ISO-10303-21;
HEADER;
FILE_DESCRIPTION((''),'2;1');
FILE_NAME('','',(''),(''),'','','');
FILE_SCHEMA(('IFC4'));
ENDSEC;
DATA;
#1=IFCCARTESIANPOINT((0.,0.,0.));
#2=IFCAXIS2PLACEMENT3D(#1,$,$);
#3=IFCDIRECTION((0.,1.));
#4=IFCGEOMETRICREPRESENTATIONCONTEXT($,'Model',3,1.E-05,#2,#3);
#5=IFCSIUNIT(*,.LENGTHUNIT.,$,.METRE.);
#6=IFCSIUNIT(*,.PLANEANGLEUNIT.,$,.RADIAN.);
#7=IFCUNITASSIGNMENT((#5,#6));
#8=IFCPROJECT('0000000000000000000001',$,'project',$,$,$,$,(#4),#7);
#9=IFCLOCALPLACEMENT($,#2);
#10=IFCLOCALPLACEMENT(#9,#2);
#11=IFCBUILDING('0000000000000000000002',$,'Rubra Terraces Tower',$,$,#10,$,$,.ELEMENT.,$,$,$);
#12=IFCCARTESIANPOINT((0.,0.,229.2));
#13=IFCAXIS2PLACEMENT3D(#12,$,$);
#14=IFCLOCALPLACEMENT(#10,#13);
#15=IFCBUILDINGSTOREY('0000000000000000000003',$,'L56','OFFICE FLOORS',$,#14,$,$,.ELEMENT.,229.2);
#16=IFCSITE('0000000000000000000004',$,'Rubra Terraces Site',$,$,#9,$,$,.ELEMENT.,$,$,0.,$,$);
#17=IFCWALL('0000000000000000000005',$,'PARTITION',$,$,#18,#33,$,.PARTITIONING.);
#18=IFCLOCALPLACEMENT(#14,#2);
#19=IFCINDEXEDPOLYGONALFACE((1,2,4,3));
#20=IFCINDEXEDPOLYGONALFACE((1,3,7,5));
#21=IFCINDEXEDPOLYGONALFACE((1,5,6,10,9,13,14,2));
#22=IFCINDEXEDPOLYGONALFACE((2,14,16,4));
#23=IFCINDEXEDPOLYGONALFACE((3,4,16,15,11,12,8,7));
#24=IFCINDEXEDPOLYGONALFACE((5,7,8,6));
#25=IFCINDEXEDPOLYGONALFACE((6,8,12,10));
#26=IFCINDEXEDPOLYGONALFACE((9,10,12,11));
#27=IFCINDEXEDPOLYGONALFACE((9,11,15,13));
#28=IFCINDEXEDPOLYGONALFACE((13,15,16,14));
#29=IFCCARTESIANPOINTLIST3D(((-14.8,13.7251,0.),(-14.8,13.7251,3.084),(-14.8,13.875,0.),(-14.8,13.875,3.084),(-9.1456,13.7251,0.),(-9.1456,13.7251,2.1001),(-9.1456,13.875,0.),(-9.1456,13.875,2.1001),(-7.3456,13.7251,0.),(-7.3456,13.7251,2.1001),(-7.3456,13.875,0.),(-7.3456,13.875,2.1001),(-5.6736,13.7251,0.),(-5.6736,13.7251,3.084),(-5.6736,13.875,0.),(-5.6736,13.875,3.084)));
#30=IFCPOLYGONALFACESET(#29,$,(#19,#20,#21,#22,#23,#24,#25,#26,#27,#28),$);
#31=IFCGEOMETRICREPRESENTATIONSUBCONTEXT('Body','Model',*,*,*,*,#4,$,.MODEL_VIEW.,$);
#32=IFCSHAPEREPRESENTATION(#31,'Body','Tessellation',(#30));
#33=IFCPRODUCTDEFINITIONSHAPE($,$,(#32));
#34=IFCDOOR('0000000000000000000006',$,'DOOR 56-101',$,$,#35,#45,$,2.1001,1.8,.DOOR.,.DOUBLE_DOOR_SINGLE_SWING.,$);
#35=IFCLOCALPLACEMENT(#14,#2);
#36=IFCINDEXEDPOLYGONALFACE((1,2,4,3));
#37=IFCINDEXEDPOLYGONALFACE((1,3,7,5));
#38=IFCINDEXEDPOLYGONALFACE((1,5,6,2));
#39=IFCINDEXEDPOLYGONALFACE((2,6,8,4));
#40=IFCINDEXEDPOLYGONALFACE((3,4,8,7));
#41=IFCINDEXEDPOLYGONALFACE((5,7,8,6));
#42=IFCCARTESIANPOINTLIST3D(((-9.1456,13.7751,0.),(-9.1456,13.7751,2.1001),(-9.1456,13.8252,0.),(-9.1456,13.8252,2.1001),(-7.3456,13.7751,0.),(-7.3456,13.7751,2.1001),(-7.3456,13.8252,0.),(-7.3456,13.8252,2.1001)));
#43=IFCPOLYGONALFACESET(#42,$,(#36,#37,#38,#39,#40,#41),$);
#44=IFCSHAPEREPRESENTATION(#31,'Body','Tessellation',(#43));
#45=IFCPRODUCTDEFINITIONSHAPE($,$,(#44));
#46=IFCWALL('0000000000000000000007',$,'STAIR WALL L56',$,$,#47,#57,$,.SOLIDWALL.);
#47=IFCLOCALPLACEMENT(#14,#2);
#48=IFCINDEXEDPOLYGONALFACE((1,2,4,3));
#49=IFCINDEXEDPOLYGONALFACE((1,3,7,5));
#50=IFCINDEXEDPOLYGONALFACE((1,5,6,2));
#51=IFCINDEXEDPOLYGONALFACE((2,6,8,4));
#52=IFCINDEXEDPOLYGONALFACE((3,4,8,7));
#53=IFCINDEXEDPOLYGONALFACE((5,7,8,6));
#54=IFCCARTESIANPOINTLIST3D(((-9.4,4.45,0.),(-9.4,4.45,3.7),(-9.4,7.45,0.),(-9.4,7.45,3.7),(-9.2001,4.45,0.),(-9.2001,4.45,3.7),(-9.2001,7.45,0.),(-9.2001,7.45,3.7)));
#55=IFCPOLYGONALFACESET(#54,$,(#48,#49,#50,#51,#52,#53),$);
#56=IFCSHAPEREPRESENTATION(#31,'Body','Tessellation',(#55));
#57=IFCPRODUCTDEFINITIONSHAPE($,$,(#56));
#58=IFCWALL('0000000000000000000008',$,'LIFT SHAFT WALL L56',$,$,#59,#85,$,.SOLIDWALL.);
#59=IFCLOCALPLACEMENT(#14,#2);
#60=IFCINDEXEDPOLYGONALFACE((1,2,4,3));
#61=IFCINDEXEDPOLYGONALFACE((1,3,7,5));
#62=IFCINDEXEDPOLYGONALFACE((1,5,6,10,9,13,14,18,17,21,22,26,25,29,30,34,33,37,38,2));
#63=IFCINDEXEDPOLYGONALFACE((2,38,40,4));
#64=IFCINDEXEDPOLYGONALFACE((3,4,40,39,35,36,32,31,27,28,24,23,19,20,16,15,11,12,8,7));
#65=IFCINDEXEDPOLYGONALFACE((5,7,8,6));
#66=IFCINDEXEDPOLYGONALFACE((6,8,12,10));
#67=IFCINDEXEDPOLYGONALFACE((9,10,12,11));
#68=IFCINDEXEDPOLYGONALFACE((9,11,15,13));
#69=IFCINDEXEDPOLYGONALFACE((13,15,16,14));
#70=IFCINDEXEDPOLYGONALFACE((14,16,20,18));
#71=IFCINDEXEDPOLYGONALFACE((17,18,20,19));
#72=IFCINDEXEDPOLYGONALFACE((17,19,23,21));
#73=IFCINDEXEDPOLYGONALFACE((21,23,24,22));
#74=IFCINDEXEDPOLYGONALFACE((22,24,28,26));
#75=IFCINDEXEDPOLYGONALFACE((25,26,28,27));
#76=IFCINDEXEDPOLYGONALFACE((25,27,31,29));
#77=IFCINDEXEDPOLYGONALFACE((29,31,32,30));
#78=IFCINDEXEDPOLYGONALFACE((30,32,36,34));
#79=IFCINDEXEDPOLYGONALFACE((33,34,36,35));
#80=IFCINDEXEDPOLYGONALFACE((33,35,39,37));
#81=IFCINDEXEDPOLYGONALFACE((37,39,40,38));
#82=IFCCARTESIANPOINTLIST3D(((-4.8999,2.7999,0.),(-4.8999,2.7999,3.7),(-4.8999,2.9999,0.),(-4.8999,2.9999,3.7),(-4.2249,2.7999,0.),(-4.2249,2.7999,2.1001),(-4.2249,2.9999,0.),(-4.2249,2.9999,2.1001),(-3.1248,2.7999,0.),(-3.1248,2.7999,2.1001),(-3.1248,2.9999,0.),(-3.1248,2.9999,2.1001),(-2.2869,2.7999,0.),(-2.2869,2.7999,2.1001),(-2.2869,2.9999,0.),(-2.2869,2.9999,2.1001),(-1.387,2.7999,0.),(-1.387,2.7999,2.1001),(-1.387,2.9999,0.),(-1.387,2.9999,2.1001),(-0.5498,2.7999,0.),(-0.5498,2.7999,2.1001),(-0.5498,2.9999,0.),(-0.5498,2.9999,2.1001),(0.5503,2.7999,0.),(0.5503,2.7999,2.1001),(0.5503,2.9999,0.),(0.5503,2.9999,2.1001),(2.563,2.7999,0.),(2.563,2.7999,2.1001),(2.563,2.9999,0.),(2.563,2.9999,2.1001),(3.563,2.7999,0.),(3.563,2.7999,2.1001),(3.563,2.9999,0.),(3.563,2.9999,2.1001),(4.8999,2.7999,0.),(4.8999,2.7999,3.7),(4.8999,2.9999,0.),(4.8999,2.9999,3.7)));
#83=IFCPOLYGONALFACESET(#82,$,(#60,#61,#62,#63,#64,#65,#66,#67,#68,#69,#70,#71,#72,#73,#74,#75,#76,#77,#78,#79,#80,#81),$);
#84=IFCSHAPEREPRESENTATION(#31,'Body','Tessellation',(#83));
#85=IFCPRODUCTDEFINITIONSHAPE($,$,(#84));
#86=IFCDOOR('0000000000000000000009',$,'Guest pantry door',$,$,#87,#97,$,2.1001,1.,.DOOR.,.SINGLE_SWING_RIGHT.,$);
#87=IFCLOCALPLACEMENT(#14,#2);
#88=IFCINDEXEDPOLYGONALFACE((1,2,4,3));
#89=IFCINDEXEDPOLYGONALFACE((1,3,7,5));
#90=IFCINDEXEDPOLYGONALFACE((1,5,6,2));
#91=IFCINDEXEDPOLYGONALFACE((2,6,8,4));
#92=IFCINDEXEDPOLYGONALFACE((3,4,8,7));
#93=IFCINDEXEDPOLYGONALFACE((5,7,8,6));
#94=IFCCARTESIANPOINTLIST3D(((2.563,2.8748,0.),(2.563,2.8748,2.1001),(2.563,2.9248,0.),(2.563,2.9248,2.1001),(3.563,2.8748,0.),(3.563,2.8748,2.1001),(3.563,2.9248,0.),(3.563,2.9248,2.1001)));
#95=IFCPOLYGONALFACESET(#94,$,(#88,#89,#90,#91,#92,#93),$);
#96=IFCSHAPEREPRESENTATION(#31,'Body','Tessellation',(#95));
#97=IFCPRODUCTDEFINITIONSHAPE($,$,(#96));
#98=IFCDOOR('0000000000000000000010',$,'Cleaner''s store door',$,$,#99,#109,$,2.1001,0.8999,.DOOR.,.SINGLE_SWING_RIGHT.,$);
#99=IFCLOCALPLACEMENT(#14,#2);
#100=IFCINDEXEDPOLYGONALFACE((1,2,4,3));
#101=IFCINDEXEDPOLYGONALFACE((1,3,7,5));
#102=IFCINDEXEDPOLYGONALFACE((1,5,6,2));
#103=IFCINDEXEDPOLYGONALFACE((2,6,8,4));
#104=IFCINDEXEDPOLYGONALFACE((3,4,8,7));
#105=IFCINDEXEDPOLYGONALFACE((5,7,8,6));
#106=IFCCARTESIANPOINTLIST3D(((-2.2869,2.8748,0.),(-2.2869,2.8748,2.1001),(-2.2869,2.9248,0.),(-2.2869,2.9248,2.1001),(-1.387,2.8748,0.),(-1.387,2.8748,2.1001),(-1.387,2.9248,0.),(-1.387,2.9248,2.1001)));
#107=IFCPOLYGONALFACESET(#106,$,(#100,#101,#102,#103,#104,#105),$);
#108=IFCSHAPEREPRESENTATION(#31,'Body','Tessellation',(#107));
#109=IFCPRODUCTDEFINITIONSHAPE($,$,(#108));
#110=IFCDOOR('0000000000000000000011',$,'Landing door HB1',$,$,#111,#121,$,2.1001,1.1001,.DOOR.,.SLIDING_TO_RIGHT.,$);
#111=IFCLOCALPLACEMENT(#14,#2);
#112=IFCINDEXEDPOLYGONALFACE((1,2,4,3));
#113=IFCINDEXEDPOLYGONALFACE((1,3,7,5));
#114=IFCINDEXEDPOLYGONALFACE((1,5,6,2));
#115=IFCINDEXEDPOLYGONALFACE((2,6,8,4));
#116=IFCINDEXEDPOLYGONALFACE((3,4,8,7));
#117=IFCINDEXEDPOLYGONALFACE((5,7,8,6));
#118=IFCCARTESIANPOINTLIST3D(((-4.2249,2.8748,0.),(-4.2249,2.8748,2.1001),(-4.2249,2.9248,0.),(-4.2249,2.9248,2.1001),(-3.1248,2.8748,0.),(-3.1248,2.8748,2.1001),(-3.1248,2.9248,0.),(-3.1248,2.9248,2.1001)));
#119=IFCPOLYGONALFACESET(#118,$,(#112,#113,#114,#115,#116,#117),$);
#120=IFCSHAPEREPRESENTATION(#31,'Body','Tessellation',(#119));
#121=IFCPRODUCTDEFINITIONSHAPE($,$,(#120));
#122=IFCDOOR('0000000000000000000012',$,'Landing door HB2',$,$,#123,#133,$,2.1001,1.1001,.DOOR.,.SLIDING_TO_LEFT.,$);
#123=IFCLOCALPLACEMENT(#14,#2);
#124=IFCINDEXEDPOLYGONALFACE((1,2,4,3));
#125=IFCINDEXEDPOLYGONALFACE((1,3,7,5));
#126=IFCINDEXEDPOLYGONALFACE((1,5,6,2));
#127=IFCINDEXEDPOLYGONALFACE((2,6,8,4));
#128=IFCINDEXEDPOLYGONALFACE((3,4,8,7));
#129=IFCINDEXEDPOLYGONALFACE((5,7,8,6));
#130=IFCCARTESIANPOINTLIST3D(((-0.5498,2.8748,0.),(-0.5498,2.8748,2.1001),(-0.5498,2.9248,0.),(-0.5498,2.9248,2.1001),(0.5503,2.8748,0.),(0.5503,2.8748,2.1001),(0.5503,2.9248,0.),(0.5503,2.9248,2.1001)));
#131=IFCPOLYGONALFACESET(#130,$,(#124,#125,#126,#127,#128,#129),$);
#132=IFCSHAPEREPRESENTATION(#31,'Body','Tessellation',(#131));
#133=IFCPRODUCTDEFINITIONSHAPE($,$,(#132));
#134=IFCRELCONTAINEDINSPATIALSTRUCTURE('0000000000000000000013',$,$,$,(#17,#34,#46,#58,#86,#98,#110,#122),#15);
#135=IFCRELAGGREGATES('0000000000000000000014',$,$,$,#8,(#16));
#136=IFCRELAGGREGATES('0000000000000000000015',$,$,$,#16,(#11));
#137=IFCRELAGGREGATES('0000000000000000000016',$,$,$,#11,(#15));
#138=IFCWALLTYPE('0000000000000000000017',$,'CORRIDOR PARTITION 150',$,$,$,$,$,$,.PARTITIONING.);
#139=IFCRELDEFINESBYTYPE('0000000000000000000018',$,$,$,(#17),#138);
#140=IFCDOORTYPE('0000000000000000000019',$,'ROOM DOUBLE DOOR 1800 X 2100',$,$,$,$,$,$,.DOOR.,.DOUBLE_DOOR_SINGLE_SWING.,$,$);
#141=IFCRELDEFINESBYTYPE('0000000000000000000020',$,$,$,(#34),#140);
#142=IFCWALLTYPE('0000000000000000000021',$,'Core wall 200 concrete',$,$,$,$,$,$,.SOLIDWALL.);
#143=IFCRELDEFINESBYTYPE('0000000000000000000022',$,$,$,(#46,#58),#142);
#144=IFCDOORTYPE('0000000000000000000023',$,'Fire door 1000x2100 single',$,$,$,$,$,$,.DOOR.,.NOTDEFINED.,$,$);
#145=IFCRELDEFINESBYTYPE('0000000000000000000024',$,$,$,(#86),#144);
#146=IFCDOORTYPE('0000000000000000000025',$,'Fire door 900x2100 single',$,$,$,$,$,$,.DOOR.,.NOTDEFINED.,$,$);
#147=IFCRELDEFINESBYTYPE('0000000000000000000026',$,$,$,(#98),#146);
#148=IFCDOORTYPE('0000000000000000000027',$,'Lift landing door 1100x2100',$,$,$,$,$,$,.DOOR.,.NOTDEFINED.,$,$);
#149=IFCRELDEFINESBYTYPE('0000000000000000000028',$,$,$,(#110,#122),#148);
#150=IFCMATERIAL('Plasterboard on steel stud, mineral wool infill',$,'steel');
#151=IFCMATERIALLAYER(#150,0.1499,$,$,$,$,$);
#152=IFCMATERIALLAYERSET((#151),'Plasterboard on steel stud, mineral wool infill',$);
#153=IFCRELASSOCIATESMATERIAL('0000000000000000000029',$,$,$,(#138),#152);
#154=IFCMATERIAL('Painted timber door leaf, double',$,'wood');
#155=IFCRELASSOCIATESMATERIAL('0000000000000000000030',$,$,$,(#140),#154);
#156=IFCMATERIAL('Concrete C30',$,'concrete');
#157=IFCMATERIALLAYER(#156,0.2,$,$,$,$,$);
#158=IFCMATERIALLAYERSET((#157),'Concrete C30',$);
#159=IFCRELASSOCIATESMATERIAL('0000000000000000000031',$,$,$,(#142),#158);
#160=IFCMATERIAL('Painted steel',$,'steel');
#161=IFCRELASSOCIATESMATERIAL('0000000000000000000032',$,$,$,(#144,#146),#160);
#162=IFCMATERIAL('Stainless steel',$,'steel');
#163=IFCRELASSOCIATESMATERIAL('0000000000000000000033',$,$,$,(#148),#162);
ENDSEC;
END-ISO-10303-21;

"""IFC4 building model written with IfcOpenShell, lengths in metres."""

from ifc_helpers import new_model, si_unit, direction, frame, frame_2d, origin, place, context, subcontext, project, spatial, rectangle, extrude, material, layer, layer_set, type_object, element, fill, save


model = new_model("IFC4")

# Units and contexts
model_context = context("Model", 3, precision=1e-05, world=origin(), true_north=direction((0.0, 1.0)))
body_context = subcontext(model_context, "Body", "Model", "MODEL_VIEW")
ifc_project = project(units=[si_unit("LENGTHUNIT", "METRE"), si_unit("PLANEANGLEUNIT", "RADIAN")], contexts=[model_context])

# Site, building, storey
site_placement = place(None, origin())
site = spatial("IfcSite", under=ifc_project, at=site_placement, Name="Rubra Terraces Site", CompositionType="ELEMENT", RefElevation=0.0)
building_placement = place(site_placement, origin())
building = spatial("IfcBuilding", under=site, at=building_placement, Name="Rubra Terraces Tower", CompositionType="ELEMENT")
storey_placement = place(building_placement, frame((0.0, 0.0, 229.2)))
storey = spatial("IfcBuildingStorey", under=building, at=storey_placement, Name="L56", Description="OFFICE FLOORS", CompositionType="ELEMENT", Elevation=229.2)

# Wall, opening, door
ifc_material_1 = material(Name="Plasterboard on steel stud, mineral wool infill", Category="steel")
ifc_layer_1 = layer(ifc_material_1, 0.1499)
ifc_layer_set_1 = layer_set([ifc_layer_1], Name="Plasterboard on steel stud, mineral wool infill")
wall_type_1 = type_object("IfcWallType", Name="CORRIDOR PARTITION 150", PredefinedType="PARTITIONING", material=ifc_layer_set_1)
wall_1_placement = place(storey_placement, frame((-5.6736, 13.8, 0.0), z_axis=(0.0, 0.0, 1.0), x_axis=(-1.0, 0.0, 0.0)))
wall_1 = element("IfcWall", 1, at=wall_1_placement, inside=storey, type_object=wall_type_1, Name="PARTITION", PredefinedType="PARTITIONING", context=body_context, shape_type="SweptSolid", body=[
    extrude(rectangle(XDim=9.1265, YDim=0.1499, at=frame_2d((4.5632, 0.0))), origin(), (0.0, 0.0, 1.0), 3.084),
])
opening_1_placement = place(wall_1_placement, frame((1.6721, 0.0, 0.0)))
opening_1 = element("IfcOpeningElement", 2, at=opening_1_placement, cuts=wall_1, PredefinedType="OPENING", context=body_context, shape_type="SweptSolid", body=[
    extrude(rectangle(XDim=1.8, YDim=2.1001, at=frame_2d((0.8999, 1.05))), frame((0.0, 0.085, 0.0), z_axis=(0.0, -1.0, 0.0), x_axis=(1.0, 0.0, 0.0)), (0.0, 0.0, 1.0), 0.1699),
])
ifc_material_2 = material(Name="Painted timber door leaf, double", Category="wood")
door_type_1 = type_object("IfcDoorType", Name="ROOM DOUBLE DOOR 1800 X 2100", OperationType="DOUBLE_DOOR_SINGLE_SWING", PredefinedType="DOOR", material=ifc_material_2)
door_1_placement = place(opening_1_placement, origin())
door_1 = element("IfcDoor", 3, at=door_1_placement, inside=storey, type_object=door_type_1, Name="DOOR 56-101", OperationType="DOUBLE_DOOR_SINGLE_SWING", OverallHeight=2.1001, OverallWidth=1.8, PredefinedType="DOOR", context=body_context, shape_type="SweptSolid", body=[
    extrude(rectangle(XDim=1.8, YDim=2.1001, at=frame_2d((0.8999, 1.05))), frame((0.0, 0.0249, 0.0), z_axis=(0.0, -1.0, 0.0), x_axis=(1.0, 0.0, 0.0)), (0.0, 0.0, 1.0), 0.05),
])
fill(opening_1, door_1)

# Wall
ifc_material_3 = material(Name="Concrete C30", Category="concrete")
ifc_layer_2 = layer(ifc_material_3, 0.2)
ifc_layer_set_2 = layer_set([ifc_layer_2], Name="Concrete C30")
wall_type_2 = type_object("IfcWallType", Name="Core wall 200 concrete", PredefinedType="SOLIDWALL", material=ifc_layer_set_2)
wall_2_placement = place(storey_placement, frame((-9.3, 4.45, 0.0), z_axis=(0.0, 0.0, 1.0), x_axis=(0.0, 1.0, 0.0)))
element("IfcWall", 4, at=wall_2_placement, inside=storey, type_object=wall_type_2, Name="STAIR WALL L56", PredefinedType="SOLIDWALL", context=body_context, shape_type="SweptSolid", body=[
    extrude(rectangle(XDim=3.0, YDim=0.2, at=frame_2d((1.5, 0.0))), origin(), (0.0, 0.0, 1.0), 3.7),
])

# Wall, openings, doors
wall_3_placement = place(storey_placement, frame((-4.8999, 2.8999, 0.0), z_axis=(0.0, 0.0, 1.0), x_axis=(1.0, 0.0, 0.0)))
wall_3 = element("IfcWall", 5, at=wall_3_placement, inside=storey, type_object=wall_type_2, Name="LIFT SHAFT WALL L56", PredefinedType="SOLIDWALL", context=body_context, shape_type="SweptSolid", body=[
    extrude(rectangle(XDim=9.7998, YDim=0.2, at=frame_2d((4.8999, 0.0))), origin(), (0.0, 0.0, 1.0), 3.7),
])
opening_2_placement = place(wall_3_placement, frame((0.675, 0.0, 0.0)))
opening_2 = element("IfcOpeningElement", 6, at=opening_2_placement, cuts=wall_3, PredefinedType="OPENING", context=body_context, shape_type="SweptSolid", body=[
    extrude(rectangle(XDim=1.1001, YDim=2.1001, at=frame_2d((0.55, 1.05))), frame((0.0, 0.1099, 0.0), z_axis=(0.0, -1.0, 0.0), x_axis=(1.0, 0.0, 0.0)), (0.0, 0.0, 1.0), 0.22),
])
opening_3_placement = place(wall_3_placement, frame((2.613, 0.0, 0.0)))
opening_3 = element("IfcOpeningElement", 7, at=opening_3_placement, cuts=wall_3, PredefinedType="OPENING", context=body_context, shape_type="SweptSolid", body=[
    extrude(rectangle(XDim=0.8999, YDim=2.1001, at=frame_2d((0.45, 1.05))), frame((0.0, 0.1099, 0.0), z_axis=(0.0, -1.0, 0.0), x_axis=(1.0, 0.0, 0.0)), (0.0, 0.0, 1.0), 0.22),
])
opening_4_placement = place(wall_3_placement, frame((4.3501, 0.0, 0.0)))
opening_4 = element("IfcOpeningElement", 8, at=opening_4_placement, cuts=wall_3, PredefinedType="OPENING", context=body_context, shape_type="SweptSolid", body=[
    extrude(rectangle(XDim=1.1001, YDim=2.1001, at=frame_2d((0.55, 1.05))), frame((0.0, 0.1099, 0.0), z_axis=(0.0, -1.0, 0.0), x_axis=(1.0, 0.0, 0.0)), (0.0, 0.0, 1.0), 0.22),
])
opening_5_placement = place(wall_3_placement, frame((7.4629, 0.0, 0.0)))
opening_5 = element("IfcOpeningElement", 9, at=opening_5_placement, cuts=wall_3, PredefinedType="OPENING", context=body_context, shape_type="SweptSolid", body=[
    extrude(rectangle(XDim=1.0, YDim=2.1001, at=frame_2d((0.5, 1.05))), frame((0.0, 0.1099, 0.0), z_axis=(0.0, -1.0, 0.0), x_axis=(1.0, 0.0, 0.0)), (0.0, 0.0, 1.0), 0.22),
])
ifc_material_4 = material(Name="Painted steel", Category="steel")
door_type_2 = type_object("IfcDoorType", Name="Fire door 1000x2100 single", OperationType="NOTDEFINED", PredefinedType="DOOR", material=ifc_material_4)
door_2_placement = place(opening_5_placement, origin())
door_2 = element("IfcDoor", 10, at=door_2_placement, inside=storey, type_object=door_type_2, Name="Guest pantry door", OperationType="SINGLE_SWING_RIGHT", OverallHeight=2.1001, OverallWidth=1.0, PredefinedType="DOOR", context=body_context, shape_type="SweptSolid", body=[
    extrude(rectangle(XDim=1.0, YDim=2.1001, at=frame_2d((0.5, 1.05))), frame((0.0, 0.0249, 0.0), z_axis=(0.0, -1.0, 0.0), x_axis=(1.0, 0.0, 0.0)), (0.0, 0.0, 1.0), 0.05),
])
fill(opening_5, door_2)
door_type_3 = type_object("IfcDoorType", Name="Fire door 900x2100 single", OperationType="NOTDEFINED", PredefinedType="DOOR", material=ifc_material_4)
door_3_placement = place(opening_3_placement, origin())
door_3 = element("IfcDoor", 11, at=door_3_placement, inside=storey, type_object=door_type_3, Name="Cleaner's store door", OperationType="SINGLE_SWING_RIGHT", OverallHeight=2.1001, OverallWidth=0.8999, PredefinedType="DOOR", context=body_context, shape_type="SweptSolid", body=[
    extrude(rectangle(XDim=0.8999, YDim=2.1001, at=frame_2d((0.45, 1.05))), frame((0.0, 0.0249, 0.0), z_axis=(0.0, -1.0, 0.0), x_axis=(1.0, 0.0, 0.0)), (0.0, 0.0, 1.0), 0.05),
])
fill(opening_3, door_3)
ifc_material_5 = material(Name="Stainless steel", Category="steel")
door_type_4 = type_object("IfcDoorType", Name="Lift landing door 1100x2100", OperationType="NOTDEFINED", PredefinedType="DOOR", material=ifc_material_5)
door_4_placement = place(opening_2_placement, origin())
door_4 = element("IfcDoor", 12, at=door_4_placement, inside=storey, type_object=door_type_4, Name="Landing door HB1", OperationType="SLIDING_TO_RIGHT", OverallHeight=2.1001, OverallWidth=1.1001, PredefinedType="DOOR", context=body_context, shape_type="SweptSolid", body=[
    extrude(rectangle(XDim=1.1001, YDim=2.1001, at=frame_2d((0.55, 1.05))), frame((0.0, 0.0249, 0.0), z_axis=(0.0, -1.0, 0.0), x_axis=(1.0, 0.0, 0.0)), (0.0, 0.0, 1.0), 0.05),
])
fill(opening_2, door_4)
door_5_placement = place(opening_4_placement, origin())
door_5 = element("IfcDoor", 13, at=door_5_placement, inside=storey, type_object=door_type_4, Name="Landing door HB2", OperationType="SLIDING_TO_LEFT", OverallHeight=2.1001, OverallWidth=1.1001, PredefinedType="DOOR", context=body_context, shape_type="SweptSolid", body=[
    extrude(rectangle(XDim=1.1001, YDim=2.1001, at=frame_2d((0.55, 1.05))), frame((0.0, 0.0249, 0.0), z_axis=(0.0, -1.0, 0.0), x_axis=(1.0, 0.0, 0.0)), (0.0, 0.0, 1.0), 0.05),
])
fill(opening_4, door_5)

save(model, "model.ifc")
